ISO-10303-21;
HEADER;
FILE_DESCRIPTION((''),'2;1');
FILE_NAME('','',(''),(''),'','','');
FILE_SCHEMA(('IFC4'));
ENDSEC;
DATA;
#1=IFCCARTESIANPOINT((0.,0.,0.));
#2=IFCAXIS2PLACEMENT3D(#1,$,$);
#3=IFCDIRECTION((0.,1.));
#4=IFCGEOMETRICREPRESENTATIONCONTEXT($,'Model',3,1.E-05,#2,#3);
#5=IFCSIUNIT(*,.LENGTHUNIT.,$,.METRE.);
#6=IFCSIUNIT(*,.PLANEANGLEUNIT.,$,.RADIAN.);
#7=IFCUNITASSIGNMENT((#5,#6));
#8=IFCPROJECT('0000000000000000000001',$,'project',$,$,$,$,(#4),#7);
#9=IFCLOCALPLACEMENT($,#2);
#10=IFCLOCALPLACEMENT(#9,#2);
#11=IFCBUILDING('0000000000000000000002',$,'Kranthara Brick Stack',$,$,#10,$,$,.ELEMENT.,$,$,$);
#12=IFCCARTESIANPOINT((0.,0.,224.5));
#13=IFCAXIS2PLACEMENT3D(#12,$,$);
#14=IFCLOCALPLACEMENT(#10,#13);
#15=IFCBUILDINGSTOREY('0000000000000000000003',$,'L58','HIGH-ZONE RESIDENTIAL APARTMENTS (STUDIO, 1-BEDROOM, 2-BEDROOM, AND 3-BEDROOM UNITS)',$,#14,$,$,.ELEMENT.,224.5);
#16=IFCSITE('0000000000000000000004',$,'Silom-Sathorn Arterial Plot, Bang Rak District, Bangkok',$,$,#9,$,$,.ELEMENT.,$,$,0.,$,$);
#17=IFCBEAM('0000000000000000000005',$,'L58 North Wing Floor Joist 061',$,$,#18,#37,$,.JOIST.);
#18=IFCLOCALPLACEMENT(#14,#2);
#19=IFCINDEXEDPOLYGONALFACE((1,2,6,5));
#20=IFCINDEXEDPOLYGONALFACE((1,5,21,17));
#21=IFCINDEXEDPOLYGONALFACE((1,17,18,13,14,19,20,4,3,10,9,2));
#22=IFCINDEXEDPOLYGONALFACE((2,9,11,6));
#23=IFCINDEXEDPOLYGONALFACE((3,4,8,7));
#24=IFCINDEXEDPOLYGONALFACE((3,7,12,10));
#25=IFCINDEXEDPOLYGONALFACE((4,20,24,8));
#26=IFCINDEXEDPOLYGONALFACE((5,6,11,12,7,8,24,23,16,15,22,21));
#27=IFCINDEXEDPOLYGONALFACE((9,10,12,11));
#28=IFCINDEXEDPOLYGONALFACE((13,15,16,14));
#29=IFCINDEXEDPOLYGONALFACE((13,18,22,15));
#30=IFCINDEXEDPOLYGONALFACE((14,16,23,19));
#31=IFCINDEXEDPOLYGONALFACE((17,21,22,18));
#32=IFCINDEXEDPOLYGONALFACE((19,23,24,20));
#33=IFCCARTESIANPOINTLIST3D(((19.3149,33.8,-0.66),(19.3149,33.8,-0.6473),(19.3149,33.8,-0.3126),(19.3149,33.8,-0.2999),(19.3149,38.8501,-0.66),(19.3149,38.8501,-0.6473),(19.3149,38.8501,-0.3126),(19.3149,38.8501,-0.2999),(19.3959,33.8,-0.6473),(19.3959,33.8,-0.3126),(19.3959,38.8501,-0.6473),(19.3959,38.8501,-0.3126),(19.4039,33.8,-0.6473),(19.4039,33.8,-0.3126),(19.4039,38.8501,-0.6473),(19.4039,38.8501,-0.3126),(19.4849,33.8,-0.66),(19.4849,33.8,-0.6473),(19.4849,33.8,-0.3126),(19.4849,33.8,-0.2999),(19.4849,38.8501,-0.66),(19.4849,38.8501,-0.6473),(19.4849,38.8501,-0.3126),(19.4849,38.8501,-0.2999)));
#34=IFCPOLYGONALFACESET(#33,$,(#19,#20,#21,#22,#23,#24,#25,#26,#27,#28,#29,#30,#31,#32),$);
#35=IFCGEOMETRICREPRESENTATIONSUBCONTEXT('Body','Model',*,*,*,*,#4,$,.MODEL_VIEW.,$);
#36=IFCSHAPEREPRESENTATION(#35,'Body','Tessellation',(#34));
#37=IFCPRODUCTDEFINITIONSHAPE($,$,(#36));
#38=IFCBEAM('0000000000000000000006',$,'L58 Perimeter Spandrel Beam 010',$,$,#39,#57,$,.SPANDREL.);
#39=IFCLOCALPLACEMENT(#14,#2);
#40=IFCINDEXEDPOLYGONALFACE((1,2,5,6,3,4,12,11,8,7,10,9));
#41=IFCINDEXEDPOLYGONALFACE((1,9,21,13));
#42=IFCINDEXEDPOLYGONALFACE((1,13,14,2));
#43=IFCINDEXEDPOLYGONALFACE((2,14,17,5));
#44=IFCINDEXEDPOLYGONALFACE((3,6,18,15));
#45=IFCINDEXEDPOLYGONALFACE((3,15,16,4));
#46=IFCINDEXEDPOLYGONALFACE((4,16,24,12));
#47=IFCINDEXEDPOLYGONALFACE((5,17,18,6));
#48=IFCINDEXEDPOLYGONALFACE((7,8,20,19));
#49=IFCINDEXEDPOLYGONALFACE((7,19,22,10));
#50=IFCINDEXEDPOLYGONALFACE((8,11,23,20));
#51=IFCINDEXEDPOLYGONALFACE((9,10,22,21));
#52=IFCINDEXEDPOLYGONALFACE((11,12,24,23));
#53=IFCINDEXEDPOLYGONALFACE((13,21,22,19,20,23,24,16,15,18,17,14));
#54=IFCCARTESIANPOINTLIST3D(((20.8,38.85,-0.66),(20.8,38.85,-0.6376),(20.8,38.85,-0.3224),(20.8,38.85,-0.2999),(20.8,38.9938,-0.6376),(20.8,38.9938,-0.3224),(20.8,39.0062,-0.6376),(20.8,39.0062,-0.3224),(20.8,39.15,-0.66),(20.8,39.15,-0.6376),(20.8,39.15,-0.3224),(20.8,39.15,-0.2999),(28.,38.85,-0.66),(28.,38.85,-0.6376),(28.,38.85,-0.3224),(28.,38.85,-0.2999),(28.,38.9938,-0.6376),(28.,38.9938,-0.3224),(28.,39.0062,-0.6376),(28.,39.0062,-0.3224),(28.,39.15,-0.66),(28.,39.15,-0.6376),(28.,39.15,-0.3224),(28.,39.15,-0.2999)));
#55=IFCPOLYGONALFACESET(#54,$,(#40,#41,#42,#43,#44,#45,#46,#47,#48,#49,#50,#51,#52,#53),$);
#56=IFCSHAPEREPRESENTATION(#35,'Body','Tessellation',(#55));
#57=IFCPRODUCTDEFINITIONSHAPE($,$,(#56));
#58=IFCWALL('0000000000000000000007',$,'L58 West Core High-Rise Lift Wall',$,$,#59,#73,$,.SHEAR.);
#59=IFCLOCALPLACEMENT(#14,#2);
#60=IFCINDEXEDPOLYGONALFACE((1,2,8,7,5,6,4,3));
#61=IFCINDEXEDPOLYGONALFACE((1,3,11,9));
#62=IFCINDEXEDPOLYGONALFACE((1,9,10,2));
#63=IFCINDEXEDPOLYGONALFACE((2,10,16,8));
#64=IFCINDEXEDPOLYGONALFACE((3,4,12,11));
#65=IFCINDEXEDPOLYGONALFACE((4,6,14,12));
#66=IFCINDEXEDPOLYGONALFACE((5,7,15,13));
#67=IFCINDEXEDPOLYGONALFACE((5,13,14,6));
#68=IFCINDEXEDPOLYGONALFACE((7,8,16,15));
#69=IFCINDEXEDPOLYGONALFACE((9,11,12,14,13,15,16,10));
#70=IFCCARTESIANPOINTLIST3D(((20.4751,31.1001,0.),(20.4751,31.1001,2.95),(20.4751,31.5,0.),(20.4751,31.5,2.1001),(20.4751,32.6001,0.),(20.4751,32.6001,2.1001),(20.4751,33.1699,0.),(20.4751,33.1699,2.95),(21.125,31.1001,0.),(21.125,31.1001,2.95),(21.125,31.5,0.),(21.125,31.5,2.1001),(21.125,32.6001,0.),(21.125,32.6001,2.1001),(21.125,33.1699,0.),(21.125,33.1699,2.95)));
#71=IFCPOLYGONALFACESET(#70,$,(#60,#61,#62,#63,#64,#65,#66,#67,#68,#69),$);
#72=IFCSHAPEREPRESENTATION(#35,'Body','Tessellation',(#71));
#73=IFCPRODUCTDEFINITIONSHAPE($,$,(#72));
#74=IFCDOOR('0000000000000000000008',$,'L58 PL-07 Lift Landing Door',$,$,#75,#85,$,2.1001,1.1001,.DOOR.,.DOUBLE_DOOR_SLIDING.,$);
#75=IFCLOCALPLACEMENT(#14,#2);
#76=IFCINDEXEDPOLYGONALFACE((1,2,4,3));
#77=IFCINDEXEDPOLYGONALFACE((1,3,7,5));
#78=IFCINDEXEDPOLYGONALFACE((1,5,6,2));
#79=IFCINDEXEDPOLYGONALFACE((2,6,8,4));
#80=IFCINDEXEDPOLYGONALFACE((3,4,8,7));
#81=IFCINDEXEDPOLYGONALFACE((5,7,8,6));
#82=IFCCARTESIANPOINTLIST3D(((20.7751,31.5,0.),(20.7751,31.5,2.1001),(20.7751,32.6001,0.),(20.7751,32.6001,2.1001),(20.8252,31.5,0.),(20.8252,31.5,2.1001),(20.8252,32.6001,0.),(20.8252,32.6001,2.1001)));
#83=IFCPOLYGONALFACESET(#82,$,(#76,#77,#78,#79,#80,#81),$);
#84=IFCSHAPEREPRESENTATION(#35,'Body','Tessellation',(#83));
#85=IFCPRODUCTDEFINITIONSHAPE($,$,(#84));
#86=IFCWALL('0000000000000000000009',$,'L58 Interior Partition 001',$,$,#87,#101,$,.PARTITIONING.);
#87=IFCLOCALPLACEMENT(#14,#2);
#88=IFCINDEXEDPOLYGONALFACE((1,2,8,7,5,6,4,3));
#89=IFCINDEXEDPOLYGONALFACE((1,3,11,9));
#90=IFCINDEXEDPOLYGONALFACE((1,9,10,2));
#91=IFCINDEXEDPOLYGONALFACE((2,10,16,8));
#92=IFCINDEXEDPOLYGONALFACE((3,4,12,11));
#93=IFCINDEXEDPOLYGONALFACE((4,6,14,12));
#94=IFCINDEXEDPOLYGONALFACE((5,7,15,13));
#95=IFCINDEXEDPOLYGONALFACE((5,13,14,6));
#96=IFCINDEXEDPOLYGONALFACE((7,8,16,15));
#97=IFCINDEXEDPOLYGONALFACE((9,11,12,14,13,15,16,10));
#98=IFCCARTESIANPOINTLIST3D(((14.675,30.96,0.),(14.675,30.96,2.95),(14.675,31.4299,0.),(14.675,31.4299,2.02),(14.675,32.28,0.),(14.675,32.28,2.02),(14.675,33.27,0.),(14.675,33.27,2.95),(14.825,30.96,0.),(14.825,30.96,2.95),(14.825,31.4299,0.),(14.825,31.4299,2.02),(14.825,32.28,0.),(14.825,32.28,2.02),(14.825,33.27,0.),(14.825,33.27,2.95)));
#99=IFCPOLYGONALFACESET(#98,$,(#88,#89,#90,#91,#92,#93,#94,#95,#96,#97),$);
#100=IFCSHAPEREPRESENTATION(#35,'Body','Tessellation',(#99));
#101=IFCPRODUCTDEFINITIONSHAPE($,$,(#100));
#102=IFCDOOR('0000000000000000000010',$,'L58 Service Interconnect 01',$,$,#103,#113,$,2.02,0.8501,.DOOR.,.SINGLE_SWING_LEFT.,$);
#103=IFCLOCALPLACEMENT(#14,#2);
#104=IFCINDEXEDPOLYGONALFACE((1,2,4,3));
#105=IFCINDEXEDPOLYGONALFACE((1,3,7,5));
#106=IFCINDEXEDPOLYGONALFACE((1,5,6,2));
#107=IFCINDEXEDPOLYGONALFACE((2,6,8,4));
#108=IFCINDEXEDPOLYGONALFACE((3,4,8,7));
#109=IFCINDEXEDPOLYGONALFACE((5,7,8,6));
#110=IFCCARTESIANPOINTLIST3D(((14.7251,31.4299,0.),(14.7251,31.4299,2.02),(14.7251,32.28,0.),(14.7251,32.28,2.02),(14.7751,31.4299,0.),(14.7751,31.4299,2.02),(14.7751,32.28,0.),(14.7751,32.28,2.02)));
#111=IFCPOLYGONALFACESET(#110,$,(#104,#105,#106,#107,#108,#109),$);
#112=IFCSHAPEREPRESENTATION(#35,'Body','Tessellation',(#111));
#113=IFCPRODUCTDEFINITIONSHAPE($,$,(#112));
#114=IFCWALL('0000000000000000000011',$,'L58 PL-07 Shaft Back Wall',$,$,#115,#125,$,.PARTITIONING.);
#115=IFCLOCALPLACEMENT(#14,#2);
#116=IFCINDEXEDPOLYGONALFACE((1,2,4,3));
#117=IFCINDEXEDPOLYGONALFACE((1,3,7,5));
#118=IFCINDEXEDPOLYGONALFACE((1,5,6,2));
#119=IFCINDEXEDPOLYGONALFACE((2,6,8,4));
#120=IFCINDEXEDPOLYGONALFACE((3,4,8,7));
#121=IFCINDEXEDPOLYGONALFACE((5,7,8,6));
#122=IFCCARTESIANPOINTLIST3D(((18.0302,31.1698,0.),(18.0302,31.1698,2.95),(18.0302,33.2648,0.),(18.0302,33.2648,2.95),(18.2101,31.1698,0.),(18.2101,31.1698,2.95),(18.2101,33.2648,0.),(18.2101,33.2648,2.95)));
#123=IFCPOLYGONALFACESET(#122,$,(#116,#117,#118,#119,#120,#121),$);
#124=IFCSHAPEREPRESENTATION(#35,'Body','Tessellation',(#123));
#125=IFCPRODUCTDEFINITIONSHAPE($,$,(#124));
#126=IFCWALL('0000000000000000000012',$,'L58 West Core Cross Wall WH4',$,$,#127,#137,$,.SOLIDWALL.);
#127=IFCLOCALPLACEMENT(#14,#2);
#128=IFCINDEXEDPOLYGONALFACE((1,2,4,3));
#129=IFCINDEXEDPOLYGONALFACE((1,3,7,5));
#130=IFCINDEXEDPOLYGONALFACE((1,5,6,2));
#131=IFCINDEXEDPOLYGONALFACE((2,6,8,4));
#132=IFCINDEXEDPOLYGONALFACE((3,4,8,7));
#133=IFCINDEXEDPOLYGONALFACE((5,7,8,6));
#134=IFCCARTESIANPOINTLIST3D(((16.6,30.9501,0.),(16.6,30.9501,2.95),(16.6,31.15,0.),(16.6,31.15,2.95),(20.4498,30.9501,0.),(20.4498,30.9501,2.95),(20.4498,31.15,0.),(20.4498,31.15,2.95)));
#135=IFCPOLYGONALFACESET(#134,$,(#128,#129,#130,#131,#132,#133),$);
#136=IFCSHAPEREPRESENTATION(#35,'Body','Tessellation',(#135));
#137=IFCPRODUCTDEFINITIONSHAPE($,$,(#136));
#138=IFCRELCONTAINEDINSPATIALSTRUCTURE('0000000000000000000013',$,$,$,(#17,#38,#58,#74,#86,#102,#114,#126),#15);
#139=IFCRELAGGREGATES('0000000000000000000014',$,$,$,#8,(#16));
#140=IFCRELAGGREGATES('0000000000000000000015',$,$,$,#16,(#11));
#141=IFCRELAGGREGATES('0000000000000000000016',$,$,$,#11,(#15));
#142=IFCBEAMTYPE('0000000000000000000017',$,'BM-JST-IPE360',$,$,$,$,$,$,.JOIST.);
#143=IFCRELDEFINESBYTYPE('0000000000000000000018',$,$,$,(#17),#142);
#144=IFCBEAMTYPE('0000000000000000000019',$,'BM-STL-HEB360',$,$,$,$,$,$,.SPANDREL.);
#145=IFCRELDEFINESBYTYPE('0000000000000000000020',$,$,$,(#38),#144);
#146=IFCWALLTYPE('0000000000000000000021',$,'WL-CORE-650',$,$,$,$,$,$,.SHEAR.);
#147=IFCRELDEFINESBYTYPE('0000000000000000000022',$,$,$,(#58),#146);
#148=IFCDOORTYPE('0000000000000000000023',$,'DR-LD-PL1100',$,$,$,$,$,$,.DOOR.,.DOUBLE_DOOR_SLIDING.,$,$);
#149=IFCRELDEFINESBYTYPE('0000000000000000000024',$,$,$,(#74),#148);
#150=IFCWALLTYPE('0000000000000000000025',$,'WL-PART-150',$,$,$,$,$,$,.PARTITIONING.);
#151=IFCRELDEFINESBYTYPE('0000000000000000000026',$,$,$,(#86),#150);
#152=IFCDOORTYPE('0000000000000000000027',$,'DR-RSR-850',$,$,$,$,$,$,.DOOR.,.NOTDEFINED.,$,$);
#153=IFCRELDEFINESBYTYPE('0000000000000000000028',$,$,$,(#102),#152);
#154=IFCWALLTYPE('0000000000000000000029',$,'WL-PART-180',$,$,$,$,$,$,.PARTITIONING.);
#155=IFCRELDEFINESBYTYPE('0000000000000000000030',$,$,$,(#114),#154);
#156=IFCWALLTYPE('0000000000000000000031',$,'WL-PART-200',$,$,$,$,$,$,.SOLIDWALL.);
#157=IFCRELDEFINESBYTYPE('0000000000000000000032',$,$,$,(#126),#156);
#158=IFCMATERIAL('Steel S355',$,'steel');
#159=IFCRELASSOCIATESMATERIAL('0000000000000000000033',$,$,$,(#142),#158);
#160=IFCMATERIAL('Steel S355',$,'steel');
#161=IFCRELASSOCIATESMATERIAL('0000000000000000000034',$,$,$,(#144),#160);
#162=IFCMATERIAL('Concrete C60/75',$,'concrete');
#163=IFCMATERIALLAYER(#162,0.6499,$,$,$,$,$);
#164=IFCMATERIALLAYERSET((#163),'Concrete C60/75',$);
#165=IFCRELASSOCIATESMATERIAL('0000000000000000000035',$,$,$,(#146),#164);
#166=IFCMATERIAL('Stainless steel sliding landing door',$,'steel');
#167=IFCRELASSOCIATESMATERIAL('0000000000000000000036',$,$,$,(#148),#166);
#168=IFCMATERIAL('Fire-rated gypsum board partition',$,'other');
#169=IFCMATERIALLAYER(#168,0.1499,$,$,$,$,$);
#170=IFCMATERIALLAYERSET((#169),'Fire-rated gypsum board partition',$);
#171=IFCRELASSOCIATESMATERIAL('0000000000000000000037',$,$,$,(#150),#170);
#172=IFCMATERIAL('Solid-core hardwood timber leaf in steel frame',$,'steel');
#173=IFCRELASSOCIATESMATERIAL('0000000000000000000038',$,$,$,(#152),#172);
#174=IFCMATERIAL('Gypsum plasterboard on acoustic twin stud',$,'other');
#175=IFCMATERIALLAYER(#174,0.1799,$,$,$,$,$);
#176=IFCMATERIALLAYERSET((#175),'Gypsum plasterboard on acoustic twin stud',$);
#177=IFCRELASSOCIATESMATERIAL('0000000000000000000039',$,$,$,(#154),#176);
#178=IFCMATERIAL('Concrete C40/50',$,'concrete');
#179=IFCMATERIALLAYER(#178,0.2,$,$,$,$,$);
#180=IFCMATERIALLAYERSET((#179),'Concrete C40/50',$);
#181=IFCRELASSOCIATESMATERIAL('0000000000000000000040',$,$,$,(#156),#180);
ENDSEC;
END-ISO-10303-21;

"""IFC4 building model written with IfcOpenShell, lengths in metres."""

from ifc_helpers import new_model, si_unit, direction, frame, frame_2d, origin, origin_2d, place, context, subcontext, project, spatial, rectangle, i_section, extrude, material, layer, layer_set, material_profile, profile_set, type_object, element, fill, save


model = new_model("IFC4")

# Units and contexts
model_context = context("Model", 3, precision=1e-05, world=origin(), true_north=direction((0.0, 1.0)))
body_context = subcontext(model_context, "Body", "Model", "MODEL_VIEW")
ifc_project = project(units=[si_unit("LENGTHUNIT", "METRE"), si_unit("PLANEANGLEUNIT", "RADIAN")], contexts=[model_context])

# Site, building, storey
site_placement = place(None, origin())
site = spatial("IfcSite", under=ifc_project, at=site_placement, Name="Silom-Sathorn Arterial Plot, Bang Rak District, Bangkok", CompositionType="ELEMENT", RefElevation=0.0)
building_placement = place(site_placement, origin())
building = spatial("IfcBuilding", under=site, at=building_placement, Name="Kranthara Brick Stack", CompositionType="ELEMENT")
storey_placement = place(building_placement, frame((0.0, 0.0, 224.5)))
storey = spatial("IfcBuildingStorey", under=building, at=storey_placement, Name="L58", Description="HIGH-ZONE RESIDENTIAL APARTMENTS (STUDIO, 1-BEDROOM, 2-BEDROOM, AND 3-BEDROOM UNITS)", CompositionType="ELEMENT", Elevation=224.5)

# Beams
ifc_material_1 = material(Name="Steel S355", Category="steel")
ifc_material_profile_1 = material_profile(ifc_material_1, i_section(OverallWidth=0.1699, OverallDepth=0.3601, WebThickness=0.0081, FlangeThickness=0.0127, at=origin_2d()), Name="IPE 360")
ifc_profile_set_1 = profile_set([ifc_material_profile_1], Name="Steel S355")
beam_type_1 = type_object("IfcBeamType", Name="BM-JST-IPE360", PredefinedType="JOIST", material=ifc_profile_set_1)
for number, where, z_axis, x_axis, name in (
    (1, (19.3999, 33.8, -0.48), (0.0, 1.0, 0.0), (-1.0, 0.0, 0.0), "L58 North Wing Floor Joist 061"),
):
    element("IfcBeam", number, at=place(storey_placement, frame(where, z_axis=z_axis, x_axis=x_axis)), inside=storey, type_object=beam_type_1, Name=name, PredefinedType="JOIST", context=body_context, shape_type="SweptSolid", body=[
        extrude(i_section(OverallWidth=0.1699, OverallDepth=0.3601, WebThickness=0.0081, FlangeThickness=0.0127, at=origin_2d()), origin(), (0.0, 0.0, 1.0), 5.05),
    ])
ifc_material_2 = material(Name="Steel S355", Category="steel")
ifc_material_profile_2 = material_profile(ifc_material_2, i_section(OverallWidth=0.3, OverallDepth=0.3601, WebThickness=0.0125, FlangeThickness=0.0225, at=origin_2d()), Name="HEB 360")
ifc_profile_set_2 = profile_set([ifc_material_profile_2], Name="Steel S355")
beam_type_2 = type_object("IfcBeamType", Name="BM-STL-HEB360", PredefinedType="SPANDREL", material=ifc_profile_set_2)
beam_1_placement = place(storey_placement, frame((20.8, 39.0, -0.48), z_axis=(1.0, 0.0, 0.0), x_axis=(0.0, 1.0, 0.0)))
element("IfcBeam", 2, at=beam_1_placement, inside=storey, type_object=beam_type_2, Name="L58 Perimeter Spandrel Beam 010", PredefinedType="SPANDREL", context=body_context, shape_type="SweptSolid", body=[
    extrude(i_section(OverallWidth=0.3, OverallDepth=0.3601, WebThickness=0.0125, FlangeThickness=0.0225, at=origin_2d()), origin(), (0.0, 0.0, 1.0), 7.2),
])

# Walls, openings, doors
ifc_material_3 = material(Name="Concrete C60/75", Category="concrete")
ifc_layer_1 = layer(ifc_material_3, 0.6499)
ifc_layer_set_1 = layer_set([ifc_layer_1], Name="Concrete C60/75")
wall_type_1 = type_object("IfcWallType", Name="WL-CORE-650", PredefinedType="SHEAR", material=ifc_layer_set_1)
wall_1_placement = place(storey_placement, frame((20.8, 31.1001, 0.0), z_axis=(0.0, 0.0, 1.0), x_axis=(0.0, 1.0, 0.0)))
wall_1 = element("IfcWall", 3, at=wall_1_placement, inside=storey, type_object=wall_type_1, Name="L58 West Core High-Rise Lift Wall", PredefinedType="SHEAR", context=body_context, shape_type="SweptSolid", body=[
    extrude(rectangle(XDim=2.0698, YDim=0.6499, at=frame_2d((1.0349, 0.0))), origin(), (0.0, 0.0, 1.0), 2.95),
])
opening_1_placement = place(wall_1_placement, frame((0.3999, 0.0, 0.0)))
opening_1 = element("IfcOpeningElement", 4, at=opening_1_placement, cuts=wall_1, PredefinedType="OPENING", context=body_context, shape_type="SweptSolid", body=[
    extrude(rectangle(XDim=1.1001, YDim=2.1001, at=frame_2d((0.55, 1.05))), frame((0.0, 0.335, 0.0), z_axis=(0.0, -1.0, 0.0), x_axis=(1.0, 0.0, 0.0)), (0.0, 0.0, 1.0), 0.6699),
])
ifc_material_4 = material(Name="Stainless steel sliding landing door", Category="steel")
door_type_1 = type_object("IfcDoorType", Name="DR-LD-PL1100", OperationType="DOUBLE_DOOR_SLIDING", PredefinedType="DOOR", material=ifc_material_4)
door_1_placement = place(opening_1_placement, origin())
door_1 = element("IfcDoor", 5, at=door_1_placement, inside=storey, type_object=door_type_1, Name="L58 PL-07 Lift Landing Door", OperationType="DOUBLE_DOOR_SLIDING", OverallHeight=2.1001, OverallWidth=1.1001, PredefinedType="DOOR", context=body_context, shape_type="SweptSolid", body=[
    extrude(rectangle(XDim=1.1001, YDim=2.1001, at=frame_2d((0.55, 1.05))), frame((0.0, 0.0249, 0.0), z_axis=(0.0, -1.0, 0.0), x_axis=(1.0, 0.0, 0.0)), (0.0, 0.0, 1.0), 0.05),
])
fill(opening_1, door_1)
ifc_material_5 = material(Name="Fire-rated gypsum board partition", Category="other")
ifc_layer_2 = layer(ifc_material_5, 0.1499)
ifc_layer_set_2 = layer_set([ifc_layer_2], Name="Fire-rated gypsum board partition")
wall_type_2 = type_object("IfcWallType", Name="WL-PART-150", PredefinedType="PARTITIONING", material=ifc_layer_set_2)
wall_2_placement = place(storey_placement, frame((14.75, 30.96, 0.0), z_axis=(0.0, 0.0, 1.0), x_axis=(0.0, 1.0, 0.0)))
wall_2 = element("IfcWall", 6, at=wall_2_placement, inside=storey, type_object=wall_type_2, Name="L58 Interior Partition 001", PredefinedType="PARTITIONING", context=body_context, shape_type="SweptSolid", body=[
    extrude(rectangle(XDim=2.3101, YDim=0.1499, at=frame_2d((1.155, 0.0))), origin(), (0.0, 0.0, 1.0), 2.95),
])
opening_2_placement = place(wall_2_placement, frame((0.47, 0.0, 0.0)))
opening_2 = element("IfcOpeningElement", 7, at=opening_2_placement, cuts=wall_2, PredefinedType="OPENING", context=body_context, shape_type="SweptSolid", body=[
    extrude(rectangle(XDim=0.8501, YDim=2.02, at=frame_2d((0.425, 1.01))), frame((0.0, 0.085, 0.0), z_axis=(0.0, -1.0, 0.0), x_axis=(1.0, 0.0, 0.0)), (0.0, 0.0, 1.0), 0.1699),
])
ifc_material_6 = material(Name="Solid-core hardwood timber leaf in steel frame", Category="steel")
door_type_2 = type_object("IfcDoorType", Name="DR-RSR-850", OperationType="NOTDEFINED", PredefinedType="DOOR", material=ifc_material_6)
door_2_placement = place(opening_2_placement, origin())
door_2 = element("IfcDoor", 8, at=door_2_placement, inside=storey, type_object=door_type_2, Name="L58 Service Interconnect 01", OperationType="SINGLE_SWING_LEFT", OverallHeight=2.02, OverallWidth=0.8501, PredefinedType="DOOR", context=body_context, shape_type="SweptSolid", body=[
    extrude(rectangle(XDim=0.8501, YDim=2.02, at=frame_2d((0.425, 1.01))), frame((0.0, 0.0249, 0.0), z_axis=(0.0, -1.0, 0.0), x_axis=(1.0, 0.0, 0.0)), (0.0, 0.0, 1.0), 0.05),
])
fill(opening_2, door_2)

# Walls
ifc_material_7 = material(Name="Gypsum plasterboard on acoustic twin stud", Category="other")
ifc_layer_3 = layer(ifc_material_7, 0.1799)
ifc_layer_set_3 = layer_set([ifc_layer_3], Name="Gypsum plasterboard on acoustic twin stud")
wall_type_3 = type_object("IfcWallType", Name="WL-PART-180", PredefinedType="PARTITIONING", material=ifc_layer_set_3)
wall_3_placement = place(storey_placement, frame((18.1201, 31.1699, 0.0), z_axis=(0.0, 0.0, 1.0), x_axis=(0.0, 1.0, 0.0)))
element("IfcWall", 9, at=wall_3_placement, inside=storey, type_object=wall_type_3, Name="L58 PL-07 Shaft Back Wall", PredefinedType="PARTITIONING", context=body_context, shape_type="SweptSolid", body=[
    extrude(rectangle(XDim=2.095, YDim=0.1799, at=frame_2d((1.0474, 0.0))), origin(), (0.0, 0.0, 1.0), 2.95),
])
ifc_material_8 = material(Name="Concrete C40/50", Category="concrete")
ifc_layer_4 = layer(ifc_material_8, 0.2)
ifc_layer_set_4 = layer_set([ifc_layer_4], Name="Concrete C40/50")
wall_type_4 = type_object("IfcWallType", Name="WL-PART-200", PredefinedType="SOLIDWALL", material=ifc_layer_set_4)
wall_4_placement = place(storey_placement, frame((16.6001, 31.05, 0.0), z_axis=(0.0, 0.0, 1.0), x_axis=(1.0, 0.0, 0.0)))
element("IfcWall", 10, at=wall_4_placement, inside=storey, type_object=wall_type_4, Name="L58 West Core Cross Wall WH4", PredefinedType="SOLIDWALL", context=body_context, shape_type="SweptSolid", body=[
    extrude(rectangle(XDim=3.8499, YDim=0.2, at=frame_2d((1.9248, 0.0))), origin(), (0.0, 0.0, 1.0), 2.95),
])

save(model, "model.ifc")
